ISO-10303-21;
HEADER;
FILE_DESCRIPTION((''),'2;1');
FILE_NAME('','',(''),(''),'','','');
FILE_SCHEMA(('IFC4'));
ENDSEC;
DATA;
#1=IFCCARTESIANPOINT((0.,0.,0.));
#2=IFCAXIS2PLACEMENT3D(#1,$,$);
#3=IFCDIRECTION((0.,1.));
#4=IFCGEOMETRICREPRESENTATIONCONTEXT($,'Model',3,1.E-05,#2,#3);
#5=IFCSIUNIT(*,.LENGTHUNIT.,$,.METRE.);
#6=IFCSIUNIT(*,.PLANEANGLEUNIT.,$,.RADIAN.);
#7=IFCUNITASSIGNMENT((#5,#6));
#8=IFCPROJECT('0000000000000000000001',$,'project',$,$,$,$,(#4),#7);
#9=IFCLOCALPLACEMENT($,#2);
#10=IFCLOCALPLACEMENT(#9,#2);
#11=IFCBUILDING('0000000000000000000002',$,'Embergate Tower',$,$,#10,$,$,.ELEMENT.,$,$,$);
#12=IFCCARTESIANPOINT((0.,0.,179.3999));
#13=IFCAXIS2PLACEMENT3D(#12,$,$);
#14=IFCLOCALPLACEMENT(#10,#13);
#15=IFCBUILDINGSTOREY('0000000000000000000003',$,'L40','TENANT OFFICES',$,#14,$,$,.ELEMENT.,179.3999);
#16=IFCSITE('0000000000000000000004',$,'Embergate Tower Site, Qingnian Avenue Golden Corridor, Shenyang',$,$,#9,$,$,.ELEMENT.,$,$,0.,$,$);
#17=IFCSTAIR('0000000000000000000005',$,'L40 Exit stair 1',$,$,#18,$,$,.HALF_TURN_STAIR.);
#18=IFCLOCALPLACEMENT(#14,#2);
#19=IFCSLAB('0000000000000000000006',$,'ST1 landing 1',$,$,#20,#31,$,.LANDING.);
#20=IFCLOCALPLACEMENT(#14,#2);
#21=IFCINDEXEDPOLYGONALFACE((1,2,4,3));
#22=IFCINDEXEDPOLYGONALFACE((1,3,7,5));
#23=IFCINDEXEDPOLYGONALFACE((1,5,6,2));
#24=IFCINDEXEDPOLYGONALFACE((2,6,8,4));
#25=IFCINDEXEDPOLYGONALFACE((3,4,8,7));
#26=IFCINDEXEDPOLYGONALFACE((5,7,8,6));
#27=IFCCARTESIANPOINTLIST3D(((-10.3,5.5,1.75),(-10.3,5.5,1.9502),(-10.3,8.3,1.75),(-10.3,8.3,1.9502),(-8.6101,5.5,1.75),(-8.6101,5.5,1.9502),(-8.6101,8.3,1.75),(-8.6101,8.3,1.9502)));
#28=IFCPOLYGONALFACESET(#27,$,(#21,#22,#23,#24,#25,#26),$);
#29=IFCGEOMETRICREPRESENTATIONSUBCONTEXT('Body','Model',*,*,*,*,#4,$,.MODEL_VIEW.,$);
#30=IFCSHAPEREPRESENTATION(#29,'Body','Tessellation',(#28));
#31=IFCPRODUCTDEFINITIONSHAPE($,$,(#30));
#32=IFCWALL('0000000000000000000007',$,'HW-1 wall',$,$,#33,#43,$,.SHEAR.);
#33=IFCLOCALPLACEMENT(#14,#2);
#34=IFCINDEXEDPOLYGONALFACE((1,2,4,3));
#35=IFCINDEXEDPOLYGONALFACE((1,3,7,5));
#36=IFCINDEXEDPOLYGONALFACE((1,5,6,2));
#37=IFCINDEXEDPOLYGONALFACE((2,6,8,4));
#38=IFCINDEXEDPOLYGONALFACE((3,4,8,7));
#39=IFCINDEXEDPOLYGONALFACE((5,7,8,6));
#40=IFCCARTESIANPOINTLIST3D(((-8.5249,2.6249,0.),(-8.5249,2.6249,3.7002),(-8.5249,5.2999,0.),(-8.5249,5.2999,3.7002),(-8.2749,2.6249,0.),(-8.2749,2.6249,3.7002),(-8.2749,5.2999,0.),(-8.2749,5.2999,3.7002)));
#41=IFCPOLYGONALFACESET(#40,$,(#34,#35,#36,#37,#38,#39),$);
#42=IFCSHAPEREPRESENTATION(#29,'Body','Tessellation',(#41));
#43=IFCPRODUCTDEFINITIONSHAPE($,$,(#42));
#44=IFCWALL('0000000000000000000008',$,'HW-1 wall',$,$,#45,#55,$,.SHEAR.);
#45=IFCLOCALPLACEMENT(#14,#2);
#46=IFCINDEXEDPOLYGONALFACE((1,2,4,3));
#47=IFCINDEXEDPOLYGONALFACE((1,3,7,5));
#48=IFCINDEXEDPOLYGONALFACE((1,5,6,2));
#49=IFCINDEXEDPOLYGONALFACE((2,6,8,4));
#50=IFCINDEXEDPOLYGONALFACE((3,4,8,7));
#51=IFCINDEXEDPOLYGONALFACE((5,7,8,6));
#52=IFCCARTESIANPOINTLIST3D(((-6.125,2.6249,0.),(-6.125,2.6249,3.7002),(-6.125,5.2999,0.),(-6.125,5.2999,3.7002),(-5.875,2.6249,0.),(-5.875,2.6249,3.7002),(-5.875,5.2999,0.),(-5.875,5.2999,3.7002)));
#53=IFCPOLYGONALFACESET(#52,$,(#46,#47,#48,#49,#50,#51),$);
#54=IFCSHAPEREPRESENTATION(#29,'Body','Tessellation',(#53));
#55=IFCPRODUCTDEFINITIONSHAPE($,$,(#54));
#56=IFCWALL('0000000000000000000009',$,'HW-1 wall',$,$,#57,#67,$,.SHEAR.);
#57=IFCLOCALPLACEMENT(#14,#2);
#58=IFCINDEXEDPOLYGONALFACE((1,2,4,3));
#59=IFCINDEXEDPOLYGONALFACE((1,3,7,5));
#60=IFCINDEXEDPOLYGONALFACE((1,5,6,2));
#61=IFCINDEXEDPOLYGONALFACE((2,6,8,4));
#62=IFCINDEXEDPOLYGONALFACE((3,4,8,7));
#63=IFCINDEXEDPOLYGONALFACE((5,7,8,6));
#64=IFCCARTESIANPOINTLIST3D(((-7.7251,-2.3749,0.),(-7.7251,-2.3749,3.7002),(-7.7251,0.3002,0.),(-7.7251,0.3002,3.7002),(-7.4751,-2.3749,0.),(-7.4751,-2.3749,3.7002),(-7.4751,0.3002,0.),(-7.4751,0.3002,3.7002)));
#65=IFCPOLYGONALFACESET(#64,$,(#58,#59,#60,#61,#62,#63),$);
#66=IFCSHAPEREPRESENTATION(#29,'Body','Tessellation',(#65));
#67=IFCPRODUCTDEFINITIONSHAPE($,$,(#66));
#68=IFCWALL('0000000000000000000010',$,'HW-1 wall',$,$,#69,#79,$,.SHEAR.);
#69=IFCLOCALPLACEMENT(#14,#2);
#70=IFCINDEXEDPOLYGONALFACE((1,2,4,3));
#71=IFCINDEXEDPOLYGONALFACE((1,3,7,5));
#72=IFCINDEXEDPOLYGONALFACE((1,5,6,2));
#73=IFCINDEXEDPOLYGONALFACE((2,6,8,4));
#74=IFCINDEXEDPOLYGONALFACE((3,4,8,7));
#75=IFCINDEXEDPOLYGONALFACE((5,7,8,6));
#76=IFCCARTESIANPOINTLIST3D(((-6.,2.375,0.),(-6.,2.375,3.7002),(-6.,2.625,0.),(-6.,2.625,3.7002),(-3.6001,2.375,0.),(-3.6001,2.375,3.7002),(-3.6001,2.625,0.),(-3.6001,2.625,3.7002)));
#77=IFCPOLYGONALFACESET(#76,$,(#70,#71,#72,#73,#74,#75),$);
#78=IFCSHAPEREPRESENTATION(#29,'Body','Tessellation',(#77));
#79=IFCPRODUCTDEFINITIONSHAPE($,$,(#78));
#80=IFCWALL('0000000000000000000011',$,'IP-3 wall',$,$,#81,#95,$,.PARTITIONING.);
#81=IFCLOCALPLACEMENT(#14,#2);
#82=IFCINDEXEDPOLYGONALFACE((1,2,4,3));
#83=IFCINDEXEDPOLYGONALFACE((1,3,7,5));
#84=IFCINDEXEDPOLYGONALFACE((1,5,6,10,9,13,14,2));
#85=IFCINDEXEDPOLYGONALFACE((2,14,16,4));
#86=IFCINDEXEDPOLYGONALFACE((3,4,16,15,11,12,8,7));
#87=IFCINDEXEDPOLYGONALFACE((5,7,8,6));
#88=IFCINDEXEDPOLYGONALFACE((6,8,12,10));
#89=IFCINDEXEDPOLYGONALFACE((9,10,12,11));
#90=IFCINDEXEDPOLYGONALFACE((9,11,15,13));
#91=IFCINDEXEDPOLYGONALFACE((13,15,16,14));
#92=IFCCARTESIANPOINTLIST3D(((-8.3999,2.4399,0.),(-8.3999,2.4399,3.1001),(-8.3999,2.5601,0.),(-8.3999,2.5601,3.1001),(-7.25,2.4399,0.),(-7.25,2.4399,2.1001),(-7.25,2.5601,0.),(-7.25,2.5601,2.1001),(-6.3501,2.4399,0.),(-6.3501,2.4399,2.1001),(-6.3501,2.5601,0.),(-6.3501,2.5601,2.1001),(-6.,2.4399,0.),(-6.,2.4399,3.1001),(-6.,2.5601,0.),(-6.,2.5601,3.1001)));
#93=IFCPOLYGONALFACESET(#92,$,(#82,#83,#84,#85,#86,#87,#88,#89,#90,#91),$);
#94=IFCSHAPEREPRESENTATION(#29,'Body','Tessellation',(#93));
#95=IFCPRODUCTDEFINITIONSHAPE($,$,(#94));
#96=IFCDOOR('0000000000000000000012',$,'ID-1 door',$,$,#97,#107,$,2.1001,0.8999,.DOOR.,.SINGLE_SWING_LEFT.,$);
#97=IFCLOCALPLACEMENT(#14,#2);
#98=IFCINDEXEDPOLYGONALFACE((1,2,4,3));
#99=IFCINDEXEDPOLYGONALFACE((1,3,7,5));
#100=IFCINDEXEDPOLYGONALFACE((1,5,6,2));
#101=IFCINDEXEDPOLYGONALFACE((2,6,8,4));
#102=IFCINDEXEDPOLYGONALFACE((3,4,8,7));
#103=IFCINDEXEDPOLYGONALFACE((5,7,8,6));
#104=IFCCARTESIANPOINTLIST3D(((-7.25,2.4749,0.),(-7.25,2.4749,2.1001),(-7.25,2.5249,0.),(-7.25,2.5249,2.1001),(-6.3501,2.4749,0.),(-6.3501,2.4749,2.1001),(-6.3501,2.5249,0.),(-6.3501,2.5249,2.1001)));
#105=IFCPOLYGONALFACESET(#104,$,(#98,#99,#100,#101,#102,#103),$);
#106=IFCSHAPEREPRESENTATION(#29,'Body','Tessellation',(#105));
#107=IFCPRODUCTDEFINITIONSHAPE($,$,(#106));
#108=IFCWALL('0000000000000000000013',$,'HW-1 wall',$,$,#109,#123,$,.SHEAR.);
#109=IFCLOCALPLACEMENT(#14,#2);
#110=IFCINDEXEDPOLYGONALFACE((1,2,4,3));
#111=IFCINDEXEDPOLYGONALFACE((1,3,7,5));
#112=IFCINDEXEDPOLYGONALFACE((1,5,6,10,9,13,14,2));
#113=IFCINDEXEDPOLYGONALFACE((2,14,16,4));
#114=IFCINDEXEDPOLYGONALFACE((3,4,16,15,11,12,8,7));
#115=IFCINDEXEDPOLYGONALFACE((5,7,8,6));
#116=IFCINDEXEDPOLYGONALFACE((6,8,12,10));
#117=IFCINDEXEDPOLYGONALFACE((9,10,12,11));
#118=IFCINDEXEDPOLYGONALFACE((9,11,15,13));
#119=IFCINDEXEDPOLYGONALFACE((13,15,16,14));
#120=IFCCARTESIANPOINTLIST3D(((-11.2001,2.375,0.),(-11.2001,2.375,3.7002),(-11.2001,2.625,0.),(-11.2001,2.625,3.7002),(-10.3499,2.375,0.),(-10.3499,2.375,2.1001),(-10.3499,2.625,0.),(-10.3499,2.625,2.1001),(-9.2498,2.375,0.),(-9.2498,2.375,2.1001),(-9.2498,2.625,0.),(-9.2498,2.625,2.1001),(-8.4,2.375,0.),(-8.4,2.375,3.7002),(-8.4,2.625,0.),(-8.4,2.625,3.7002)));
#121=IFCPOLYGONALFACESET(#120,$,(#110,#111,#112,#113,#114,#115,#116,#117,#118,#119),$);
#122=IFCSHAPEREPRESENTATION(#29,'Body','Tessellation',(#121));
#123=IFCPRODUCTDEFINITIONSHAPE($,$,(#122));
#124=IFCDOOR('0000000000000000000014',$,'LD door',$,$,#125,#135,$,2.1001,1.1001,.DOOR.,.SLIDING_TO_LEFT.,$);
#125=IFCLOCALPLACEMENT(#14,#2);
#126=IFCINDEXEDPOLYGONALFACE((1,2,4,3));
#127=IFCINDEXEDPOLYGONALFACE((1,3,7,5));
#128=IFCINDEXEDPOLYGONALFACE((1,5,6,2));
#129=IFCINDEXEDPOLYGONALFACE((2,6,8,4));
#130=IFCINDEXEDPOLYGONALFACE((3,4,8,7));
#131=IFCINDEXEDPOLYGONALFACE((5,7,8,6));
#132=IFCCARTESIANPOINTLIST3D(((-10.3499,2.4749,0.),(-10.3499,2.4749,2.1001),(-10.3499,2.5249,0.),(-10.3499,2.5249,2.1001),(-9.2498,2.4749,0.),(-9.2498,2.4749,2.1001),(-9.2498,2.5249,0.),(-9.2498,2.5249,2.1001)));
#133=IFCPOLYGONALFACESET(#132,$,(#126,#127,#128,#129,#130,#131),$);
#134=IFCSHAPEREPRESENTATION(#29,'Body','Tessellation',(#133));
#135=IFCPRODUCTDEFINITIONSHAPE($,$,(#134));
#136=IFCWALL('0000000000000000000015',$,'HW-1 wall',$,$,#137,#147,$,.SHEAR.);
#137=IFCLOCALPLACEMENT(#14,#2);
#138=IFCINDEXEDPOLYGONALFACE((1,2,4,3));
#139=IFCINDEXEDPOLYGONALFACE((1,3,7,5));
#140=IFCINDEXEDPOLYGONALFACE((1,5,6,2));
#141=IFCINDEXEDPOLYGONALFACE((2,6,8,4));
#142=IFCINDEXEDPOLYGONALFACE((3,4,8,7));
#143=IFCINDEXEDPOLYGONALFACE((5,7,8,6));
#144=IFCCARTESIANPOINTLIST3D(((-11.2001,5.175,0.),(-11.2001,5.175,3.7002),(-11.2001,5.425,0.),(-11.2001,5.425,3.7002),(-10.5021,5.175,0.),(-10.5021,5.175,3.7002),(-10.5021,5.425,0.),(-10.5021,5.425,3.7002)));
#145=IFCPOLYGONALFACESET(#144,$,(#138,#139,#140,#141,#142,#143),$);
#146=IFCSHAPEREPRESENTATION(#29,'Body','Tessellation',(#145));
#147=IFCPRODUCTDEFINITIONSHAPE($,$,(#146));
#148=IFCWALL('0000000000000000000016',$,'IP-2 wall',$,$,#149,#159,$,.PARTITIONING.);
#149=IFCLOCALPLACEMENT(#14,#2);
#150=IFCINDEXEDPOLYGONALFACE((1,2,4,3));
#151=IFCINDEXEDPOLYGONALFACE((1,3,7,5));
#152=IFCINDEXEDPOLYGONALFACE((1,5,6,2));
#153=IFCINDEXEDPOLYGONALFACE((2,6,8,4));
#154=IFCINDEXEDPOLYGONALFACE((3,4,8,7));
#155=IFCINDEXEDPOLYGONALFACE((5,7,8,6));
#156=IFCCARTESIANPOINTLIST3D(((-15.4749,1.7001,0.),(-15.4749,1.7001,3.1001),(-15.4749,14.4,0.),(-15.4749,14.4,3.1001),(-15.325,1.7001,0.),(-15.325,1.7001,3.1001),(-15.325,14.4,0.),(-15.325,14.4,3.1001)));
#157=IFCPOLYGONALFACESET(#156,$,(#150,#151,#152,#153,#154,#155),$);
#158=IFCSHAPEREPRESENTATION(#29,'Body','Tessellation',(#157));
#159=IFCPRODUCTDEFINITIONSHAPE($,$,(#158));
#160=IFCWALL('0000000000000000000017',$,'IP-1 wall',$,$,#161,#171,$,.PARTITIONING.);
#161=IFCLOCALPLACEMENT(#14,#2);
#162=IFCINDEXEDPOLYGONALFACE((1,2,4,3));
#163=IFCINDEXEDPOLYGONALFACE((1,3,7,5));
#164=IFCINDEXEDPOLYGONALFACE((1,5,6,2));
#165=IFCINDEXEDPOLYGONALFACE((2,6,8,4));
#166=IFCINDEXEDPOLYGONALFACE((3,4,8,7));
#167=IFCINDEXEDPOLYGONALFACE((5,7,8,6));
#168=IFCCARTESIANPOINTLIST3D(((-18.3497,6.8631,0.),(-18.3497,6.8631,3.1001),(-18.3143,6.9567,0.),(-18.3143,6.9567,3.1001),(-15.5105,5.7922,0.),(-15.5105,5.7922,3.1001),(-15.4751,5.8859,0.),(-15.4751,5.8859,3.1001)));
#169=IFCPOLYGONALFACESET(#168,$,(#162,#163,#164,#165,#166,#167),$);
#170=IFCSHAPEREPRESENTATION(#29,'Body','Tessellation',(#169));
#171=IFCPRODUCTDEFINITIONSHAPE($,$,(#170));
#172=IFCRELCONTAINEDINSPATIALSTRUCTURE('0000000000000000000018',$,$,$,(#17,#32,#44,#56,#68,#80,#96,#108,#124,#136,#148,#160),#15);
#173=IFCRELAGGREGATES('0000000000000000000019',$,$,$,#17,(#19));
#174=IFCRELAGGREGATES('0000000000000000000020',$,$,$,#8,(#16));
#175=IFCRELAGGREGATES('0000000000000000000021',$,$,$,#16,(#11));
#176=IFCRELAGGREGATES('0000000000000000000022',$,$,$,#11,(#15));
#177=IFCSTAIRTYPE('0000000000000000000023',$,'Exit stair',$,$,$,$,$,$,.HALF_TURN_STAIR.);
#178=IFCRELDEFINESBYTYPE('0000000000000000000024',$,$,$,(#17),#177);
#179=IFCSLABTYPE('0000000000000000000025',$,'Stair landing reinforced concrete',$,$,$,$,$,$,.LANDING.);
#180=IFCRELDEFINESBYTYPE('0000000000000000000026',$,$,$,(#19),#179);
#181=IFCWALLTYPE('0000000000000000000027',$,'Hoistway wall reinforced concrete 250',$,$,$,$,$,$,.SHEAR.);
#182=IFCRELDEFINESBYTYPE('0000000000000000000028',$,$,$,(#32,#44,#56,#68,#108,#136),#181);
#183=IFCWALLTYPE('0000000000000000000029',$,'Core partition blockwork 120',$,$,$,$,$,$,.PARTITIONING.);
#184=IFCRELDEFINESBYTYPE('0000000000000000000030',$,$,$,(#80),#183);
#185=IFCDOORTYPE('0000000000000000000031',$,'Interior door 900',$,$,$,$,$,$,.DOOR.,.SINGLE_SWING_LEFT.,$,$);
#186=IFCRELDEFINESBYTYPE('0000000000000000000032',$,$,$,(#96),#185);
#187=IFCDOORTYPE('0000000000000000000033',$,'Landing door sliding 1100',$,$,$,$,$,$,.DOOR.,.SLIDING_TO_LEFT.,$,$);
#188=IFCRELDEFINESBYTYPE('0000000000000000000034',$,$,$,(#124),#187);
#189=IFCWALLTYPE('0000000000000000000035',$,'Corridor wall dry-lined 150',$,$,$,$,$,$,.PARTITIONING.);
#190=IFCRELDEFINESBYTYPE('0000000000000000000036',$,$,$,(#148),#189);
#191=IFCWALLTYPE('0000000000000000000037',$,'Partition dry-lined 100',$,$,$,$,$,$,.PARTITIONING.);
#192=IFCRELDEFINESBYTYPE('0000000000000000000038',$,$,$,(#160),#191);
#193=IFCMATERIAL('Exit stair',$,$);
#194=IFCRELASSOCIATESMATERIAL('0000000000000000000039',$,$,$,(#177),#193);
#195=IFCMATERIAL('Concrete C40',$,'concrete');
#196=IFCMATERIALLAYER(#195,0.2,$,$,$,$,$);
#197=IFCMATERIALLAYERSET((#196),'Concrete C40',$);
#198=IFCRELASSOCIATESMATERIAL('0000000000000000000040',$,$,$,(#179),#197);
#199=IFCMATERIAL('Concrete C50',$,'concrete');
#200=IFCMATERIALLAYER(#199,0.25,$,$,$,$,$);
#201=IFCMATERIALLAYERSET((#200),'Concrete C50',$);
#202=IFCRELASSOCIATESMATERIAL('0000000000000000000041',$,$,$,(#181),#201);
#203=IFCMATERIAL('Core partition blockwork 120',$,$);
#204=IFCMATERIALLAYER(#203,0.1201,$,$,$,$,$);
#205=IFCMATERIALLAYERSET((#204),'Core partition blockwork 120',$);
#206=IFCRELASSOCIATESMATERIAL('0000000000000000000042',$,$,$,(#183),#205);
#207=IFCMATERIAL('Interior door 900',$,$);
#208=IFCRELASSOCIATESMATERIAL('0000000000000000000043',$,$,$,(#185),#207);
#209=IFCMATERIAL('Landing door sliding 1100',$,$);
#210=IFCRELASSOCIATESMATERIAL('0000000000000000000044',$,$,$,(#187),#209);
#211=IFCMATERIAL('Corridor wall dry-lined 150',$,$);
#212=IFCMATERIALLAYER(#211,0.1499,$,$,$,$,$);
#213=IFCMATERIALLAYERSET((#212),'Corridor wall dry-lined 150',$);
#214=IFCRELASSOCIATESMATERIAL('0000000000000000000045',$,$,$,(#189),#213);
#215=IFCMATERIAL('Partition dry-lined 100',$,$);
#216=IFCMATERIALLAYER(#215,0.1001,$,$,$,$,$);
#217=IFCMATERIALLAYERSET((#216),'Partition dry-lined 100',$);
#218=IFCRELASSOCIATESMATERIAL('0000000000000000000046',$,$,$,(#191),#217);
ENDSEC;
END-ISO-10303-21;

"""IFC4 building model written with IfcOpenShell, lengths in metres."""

from ifc_helpers import new_model, si_unit, direction, frame, frame_2d, origin, place, context, subcontext, project, spatial, polyline, rectangle, outline, extrude, source, transform, mapped, material, layer, layer_set, type_object, element, fill, aggregate, save


model = new_model("IFC4")

# Units and contexts
model_context = context("Model", 3, precision=1e-05, world=origin(), true_north=direction((0.0, 1.0)))
body_context = subcontext(model_context, "Body", "Model", "MODEL_VIEW")
ifc_project = project(units=[si_unit("LENGTHUNIT", "METRE"), si_unit("PLANEANGLEUNIT", "RADIAN")], contexts=[model_context])

# Site, building, storey
site_placement = place(None, origin())
site = spatial("IfcSite", under=ifc_project, at=site_placement, Name="Embergate Tower Site, Qingnian Avenue Golden Corridor, Shenyang", CompositionType="ELEMENT", RefElevation=0.0)
building_placement = place(site_placement, origin())
building = spatial("IfcBuilding", under=site, at=building_placement, Name="Embergate Tower", CompositionType="ELEMENT")
storey_placement = place(building_placement, frame((0.0, 0.0, 179.3999)))
storey = spatial("IfcBuildingStorey", under=building, at=storey_placement, Name="L40", Description="TENANT OFFICES", CompositionType="ELEMENT", Elevation=179.3999)

# Stair, slab
ifc_material_1 = material(Name="Exit stair")
stair_type = type_object("IfcStairType", Name="Exit stair", PredefinedType="HALF_TURN_STAIR", material=ifc_material_1)
stair_placement = place(storey_placement, origin())
stair = element("IfcStair", 1, at=stair_placement, inside=storey, type_object=stair_type, Name="L40 Exit stair 1", PredefinedType="HALF_TURN_STAIR")
ifc_material_2 = material(Name="Concrete C40", Category="concrete")
ifc_layer_1 = layer(ifc_material_2, 0.2)
ifc_layer_set_1 = layer_set([ifc_layer_1], Name="Concrete C40")
slab_type = type_object("IfcSlabType", Name="Stair landing reinforced concrete", PredefinedType="LANDING", material=ifc_layer_set_1)
shared_shape_1 = source(origin(), body_context, "Body", "SweptSolid", [
    extrude(outline(polyline([(0.0, 0.0), (1.6899, 0.0), (1.6899, 2.8), (0.0, 2.8), (0.0, 0.0)])), origin(), (0.0, 0.0, 1.0), 0.2002),
])
slab_placement = place(storey_placement, frame((-10.3, 5.5, 1.75)))
slab = element("IfcSlab", 2, at=slab_placement, type_object=slab_type, Name="ST1 landing 1", PredefinedType="LANDING", context=body_context, shape_type="MappedRepresentation", body=[
    mapped(shared_shape_1, transform((0.0, 0.0, 0.0))),
])

# Walls
ifc_material_3 = material(Name="Concrete C50", Category="concrete")
ifc_layer_2 = layer(ifc_material_3, 0.25)
ifc_layer_set_2 = layer_set([ifc_layer_2], Name="Concrete C50")
wall_type_1 = type_object("IfcWallType", Name="Hoistway wall reinforced concrete 250", PredefinedType="SHEAR", material=ifc_layer_set_2)
shared_shape_2 = source(origin(), body_context, "Body", "SweptSolid", [
    extrude(rectangle(XDim=2.675, YDim=0.25, at=frame_2d((1.3374, 0.0))), origin(), (0.0, 0.0, 1.0), 3.7002),
])
for number, where, z_axis, x_axis, name in (
    (3, (-8.3999, 2.625, 0.0), (0.0, 0.0, 1.0), (0.0, 1.0, 0.0), "HW-1 wall"),
    (4, (-6.0, 2.625, 0.0), (0.0, 0.0, 1.0), (0.0, 1.0, 0.0), "HW-1 wall"),
    (5, (-7.6001, 0.3, 0.0), (0.0, 0.0, 1.0), (0.0, -1.0, 0.0), "HW-1 wall"),
):
    element("IfcWall", number, at=place(storey_placement, frame(where, z_axis=z_axis, x_axis=x_axis)), inside=storey, type_object=wall_type_1, Name=name, PredefinedType="SHEAR", context=body_context, shape_type="MappedRepresentation", body=[
        mapped(shared_shape_2, transform((0.0, 0.0, 0.0))),
    ])
shared_shape_3 = source(origin(), body_context, "Body", "SweptSolid", [
    extrude(rectangle(XDim=2.3999, YDim=0.25, at=frame_2d((1.2, 0.0))), origin(), (0.0, 0.0, 1.0), 3.7002),
])
wall_1_placement = place(storey_placement, frame((-6.0, 2.5, 0.0), z_axis=(0.0, 0.0, 1.0), x_axis=(1.0, 0.0, 0.0)))
element("IfcWall", 6, at=wall_1_placement, inside=storey, type_object=wall_type_1, Name="HW-1 wall", PredefinedType="SHEAR", context=body_context, shape_type="MappedRepresentation", body=[
    mapped(shared_shape_3, transform((0.0, 0.0, 0.0))),
])

# Walls, openings, doors
ifc_material_4 = material(Name="Core partition blockwork 120")
ifc_layer_3 = layer(ifc_material_4, 0.1201)
ifc_layer_set_3 = layer_set([ifc_layer_3], Name="Core partition blockwork 120")
wall_type_2 = type_object("IfcWallType", Name="Core partition blockwork 120", PredefinedType="PARTITIONING", material=ifc_layer_set_3)
shared_shape_4 = source(origin(), body_context, "Body", "SweptSolid", [
    extrude(rectangle(XDim=2.3999, YDim=0.1201, at=frame_2d((1.2, 0.0))), origin(), (0.0, 0.0, 1.0), 3.1001),
])
wall_2_placement = place(storey_placement, frame((-8.3999, 2.5, 0.0), z_axis=(0.0, 0.0, 1.0), x_axis=(1.0, 0.0, 0.0)))
wall_2 = element("IfcWall", 7, at=wall_2_placement, inside=storey, type_object=wall_type_2, Name="IP-3 wall", PredefinedType="PARTITIONING", context=body_context, shape_type="MappedRepresentation", body=[
    mapped(shared_shape_4, transform((0.0, 0.0, 0.0))),
])
shared_shape_5 = source(origin(), body_context, "Body", "SweptSolid", [
    extrude(rectangle(XDim=0.8999, YDim=2.1001, at=frame_2d((0.45, 1.05))), frame((0.0, 0.0701, 0.0), z_axis=(0.0, -1.0, 0.0), x_axis=(1.0, 0.0, 0.0)), (0.0, 0.0, 1.0), 0.1401),
])
opening_1_placement = place(wall_2_placement, frame((1.1499, 0.0, 0.0)))
opening_1 = element("IfcOpeningElement", 8, at=opening_1_placement, cuts=wall_2, PredefinedType="OPENING", context=body_context, shape_type="MappedRepresentation", body=[
    mapped(shared_shape_5, transform((0.0, 0.0, 0.0))),
])
ifc_material_5 = material(Name="Interior door 900")
door_type_1 = type_object("IfcDoorType", Name="Interior door 900", OperationType="SINGLE_SWING_LEFT", PredefinedType="DOOR", material=ifc_material_5)
shared_shape_6 = source(origin(), body_context, "Body", "SweptSolid", [
    extrude(rectangle(XDim=0.8999, YDim=2.1001, at=frame_2d((0.45, 1.05))), frame((0.0, 0.0249, 0.0), z_axis=(0.0, -1.0, 0.0), x_axis=(1.0, 0.0, 0.0)), (0.0, 0.0, 1.0), 0.05),
])
door_1_placement = place(opening_1_placement, origin())
door_1 = element("IfcDoor", 9, at=door_1_placement, inside=storey, type_object=door_type_1, Name="ID-1 door", OperationType="SINGLE_SWING_LEFT", OverallHeight=2.1001, OverallWidth=0.8999, PredefinedType="DOOR", context=body_context, shape_type="MappedRepresentation", body=[
    mapped(shared_shape_6, transform((0.0, 0.0, 0.0))),
])
fill(opening_1, door_1)
shared_shape_7 = source(origin(), body_context, "Body", "SweptSolid", [
    extrude(rectangle(XDim=2.8, YDim=0.25, at=frame_2d((1.3999, 0.0))), origin(), (0.0, 0.0, 1.0), 3.7002),
])
wall_3_placement = place(storey_placement, frame((-11.2, 2.5, 0.0), z_axis=(0.0, 0.0, 1.0), x_axis=(1.0, 0.0, 0.0)))
wall_3 = element("IfcWall", 10, at=wall_3_placement, inside=storey, type_object=wall_type_1, Name="HW-1 wall", PredefinedType="SHEAR", context=body_context, shape_type="MappedRepresentation", body=[
    mapped(shared_shape_7, transform((0.0, 0.0, 0.0))),
])
shared_shape_8 = source(origin(), body_context, "Body", "SweptSolid", [
    extrude(rectangle(XDim=1.1001, YDim=2.1001, at=frame_2d((0.55, 1.05))), frame((0.0, 0.135, 0.0), z_axis=(0.0, -1.0, 0.0), x_axis=(1.0, 0.0, 0.0)), (0.0, 0.0, 1.0), 0.27),
])
opening_2_placement = place(wall_3_placement, frame((0.8501, 0.0, 0.0)))
opening_2 = element("IfcOpeningElement", 11, at=opening_2_placement, cuts=wall_3, PredefinedType="OPENING", context=body_context, shape_type="MappedRepresentation", body=[
    mapped(shared_shape_8, transform((0.0, 0.0, 0.0))),
])
ifc_material_6 = material(Name="Landing door sliding 1100")
door_type_2 = type_object("IfcDoorType", Name="Landing door sliding 1100", OperationType="SLIDING_TO_LEFT", PredefinedType="DOOR", material=ifc_material_6)
shared_shape_9 = source(origin(), body_context, "Body", "SweptSolid", [
    extrude(rectangle(XDim=1.1001, YDim=2.1001, at=frame_2d((0.55, 1.05))), frame((0.0, 0.0249, 0.0), z_axis=(0.0, -1.0, 0.0), x_axis=(1.0, 0.0, 0.0)), (0.0, 0.0, 1.0), 0.05),
])
door_2_placement = place(opening_2_placement, origin())
door_2 = element("IfcDoor", 12, at=door_2_placement, inside=storey, type_object=door_type_2, Name="LD door", OperationType="SLIDING_TO_LEFT", OverallHeight=2.1001, OverallWidth=1.1001, PredefinedType="DOOR", context=body_context, shape_type="MappedRepresentation", body=[
    mapped(shared_shape_9, transform((0.0, 0.0, 0.0))),
])
fill(opening_2, door_2)

# Walls
shared_shape_10 = source(origin(), body_context, "Body", "SweptSolid", [
    extrude(rectangle(XDim=0.698, YDim=0.25, at=frame_2d((0.3491, 0.0))), origin(), (0.0, 0.0, 1.0), 3.7002),
])
wall_4_placement = place(storey_placement, frame((-10.502, 5.3, 0.0), z_axis=(0.0, 0.0, 1.0), x_axis=(-1.0, 0.0, 0.0)))
element("IfcWall", 13, at=wall_4_placement, inside=storey, type_object=wall_type_1, Name="HW-1 wall", PredefinedType="SHEAR", context=body_context, shape_type="MappedRepresentation", body=[
    mapped(shared_shape_10, transform((0.0, 0.0, 0.0))),
])
ifc_material_7 = material(Name="Corridor wall dry-lined 150")
ifc_layer_4 = layer(ifc_material_7, 0.1499)
ifc_layer_set_4 = layer_set([ifc_layer_4], Name="Corridor wall dry-lined 150")
wall_type_3 = type_object("IfcWallType", Name="Corridor wall dry-lined 150", PredefinedType="PARTITIONING", material=ifc_layer_set_4)
shared_shape_11 = source(origin(), body_context, "Body", "SweptSolid", [
    extrude(rectangle(XDim=12.7, YDim=0.1499, at=frame_2d((6.3501, 0.0))), origin(), (0.0, 0.0, 1.0), 3.1001),
])
wall_5_placement = place(storey_placement, frame((-15.3999, 1.7, 0.0), z_axis=(0.0, 0.0, 1.0), x_axis=(0.0, 1.0, 0.0)))
element("IfcWall", 14, at=wall_5_placement, inside=storey, type_object=wall_type_3, Name="IP-2 wall", PredefinedType="PARTITIONING", context=body_context, shape_type="MappedRepresentation", body=[
    mapped(shared_shape_11, transform((0.0, 0.0, 0.0))),
])
ifc_material_8 = material(Name="Partition dry-lined 100")
ifc_layer_5 = layer(ifc_material_8, 0.1001)
ifc_layer_set_5 = layer_set([ifc_layer_5], Name="Partition dry-lined 100")
wall_type_4 = type_object("IfcWallType", Name="Partition dry-lined 100", PredefinedType="PARTITIONING", material=ifc_layer_set_5)
shared_shape_12 = source(origin(), body_context, "Body", "SweptSolid", [
    extrude(rectangle(XDim=3.0344, YDim=0.1001, at=frame_2d((1.5171, 0.0))), origin(), (0.0, 0.0, 1.0), 3.1001),
])
wall_6_placement = place(storey_placement, frame((-15.4929, 5.8391, 0.0), z_axis=(0.0, 0.0, 1.0), x_axis=(-0.935663, 0.352895, 0.0)))
element("IfcWall", 15, at=wall_6_placement, inside=storey, type_object=wall_type_4, Name="IP-1 wall", PredefinedType="PARTITIONING", context=body_context, shape_type="MappedRepresentation", body=[
    mapped(shared_shape_12, transform((0.0, 0.0, 0.0))),
])

aggregate(stair, [slab])

save(model, "model.ifc")
